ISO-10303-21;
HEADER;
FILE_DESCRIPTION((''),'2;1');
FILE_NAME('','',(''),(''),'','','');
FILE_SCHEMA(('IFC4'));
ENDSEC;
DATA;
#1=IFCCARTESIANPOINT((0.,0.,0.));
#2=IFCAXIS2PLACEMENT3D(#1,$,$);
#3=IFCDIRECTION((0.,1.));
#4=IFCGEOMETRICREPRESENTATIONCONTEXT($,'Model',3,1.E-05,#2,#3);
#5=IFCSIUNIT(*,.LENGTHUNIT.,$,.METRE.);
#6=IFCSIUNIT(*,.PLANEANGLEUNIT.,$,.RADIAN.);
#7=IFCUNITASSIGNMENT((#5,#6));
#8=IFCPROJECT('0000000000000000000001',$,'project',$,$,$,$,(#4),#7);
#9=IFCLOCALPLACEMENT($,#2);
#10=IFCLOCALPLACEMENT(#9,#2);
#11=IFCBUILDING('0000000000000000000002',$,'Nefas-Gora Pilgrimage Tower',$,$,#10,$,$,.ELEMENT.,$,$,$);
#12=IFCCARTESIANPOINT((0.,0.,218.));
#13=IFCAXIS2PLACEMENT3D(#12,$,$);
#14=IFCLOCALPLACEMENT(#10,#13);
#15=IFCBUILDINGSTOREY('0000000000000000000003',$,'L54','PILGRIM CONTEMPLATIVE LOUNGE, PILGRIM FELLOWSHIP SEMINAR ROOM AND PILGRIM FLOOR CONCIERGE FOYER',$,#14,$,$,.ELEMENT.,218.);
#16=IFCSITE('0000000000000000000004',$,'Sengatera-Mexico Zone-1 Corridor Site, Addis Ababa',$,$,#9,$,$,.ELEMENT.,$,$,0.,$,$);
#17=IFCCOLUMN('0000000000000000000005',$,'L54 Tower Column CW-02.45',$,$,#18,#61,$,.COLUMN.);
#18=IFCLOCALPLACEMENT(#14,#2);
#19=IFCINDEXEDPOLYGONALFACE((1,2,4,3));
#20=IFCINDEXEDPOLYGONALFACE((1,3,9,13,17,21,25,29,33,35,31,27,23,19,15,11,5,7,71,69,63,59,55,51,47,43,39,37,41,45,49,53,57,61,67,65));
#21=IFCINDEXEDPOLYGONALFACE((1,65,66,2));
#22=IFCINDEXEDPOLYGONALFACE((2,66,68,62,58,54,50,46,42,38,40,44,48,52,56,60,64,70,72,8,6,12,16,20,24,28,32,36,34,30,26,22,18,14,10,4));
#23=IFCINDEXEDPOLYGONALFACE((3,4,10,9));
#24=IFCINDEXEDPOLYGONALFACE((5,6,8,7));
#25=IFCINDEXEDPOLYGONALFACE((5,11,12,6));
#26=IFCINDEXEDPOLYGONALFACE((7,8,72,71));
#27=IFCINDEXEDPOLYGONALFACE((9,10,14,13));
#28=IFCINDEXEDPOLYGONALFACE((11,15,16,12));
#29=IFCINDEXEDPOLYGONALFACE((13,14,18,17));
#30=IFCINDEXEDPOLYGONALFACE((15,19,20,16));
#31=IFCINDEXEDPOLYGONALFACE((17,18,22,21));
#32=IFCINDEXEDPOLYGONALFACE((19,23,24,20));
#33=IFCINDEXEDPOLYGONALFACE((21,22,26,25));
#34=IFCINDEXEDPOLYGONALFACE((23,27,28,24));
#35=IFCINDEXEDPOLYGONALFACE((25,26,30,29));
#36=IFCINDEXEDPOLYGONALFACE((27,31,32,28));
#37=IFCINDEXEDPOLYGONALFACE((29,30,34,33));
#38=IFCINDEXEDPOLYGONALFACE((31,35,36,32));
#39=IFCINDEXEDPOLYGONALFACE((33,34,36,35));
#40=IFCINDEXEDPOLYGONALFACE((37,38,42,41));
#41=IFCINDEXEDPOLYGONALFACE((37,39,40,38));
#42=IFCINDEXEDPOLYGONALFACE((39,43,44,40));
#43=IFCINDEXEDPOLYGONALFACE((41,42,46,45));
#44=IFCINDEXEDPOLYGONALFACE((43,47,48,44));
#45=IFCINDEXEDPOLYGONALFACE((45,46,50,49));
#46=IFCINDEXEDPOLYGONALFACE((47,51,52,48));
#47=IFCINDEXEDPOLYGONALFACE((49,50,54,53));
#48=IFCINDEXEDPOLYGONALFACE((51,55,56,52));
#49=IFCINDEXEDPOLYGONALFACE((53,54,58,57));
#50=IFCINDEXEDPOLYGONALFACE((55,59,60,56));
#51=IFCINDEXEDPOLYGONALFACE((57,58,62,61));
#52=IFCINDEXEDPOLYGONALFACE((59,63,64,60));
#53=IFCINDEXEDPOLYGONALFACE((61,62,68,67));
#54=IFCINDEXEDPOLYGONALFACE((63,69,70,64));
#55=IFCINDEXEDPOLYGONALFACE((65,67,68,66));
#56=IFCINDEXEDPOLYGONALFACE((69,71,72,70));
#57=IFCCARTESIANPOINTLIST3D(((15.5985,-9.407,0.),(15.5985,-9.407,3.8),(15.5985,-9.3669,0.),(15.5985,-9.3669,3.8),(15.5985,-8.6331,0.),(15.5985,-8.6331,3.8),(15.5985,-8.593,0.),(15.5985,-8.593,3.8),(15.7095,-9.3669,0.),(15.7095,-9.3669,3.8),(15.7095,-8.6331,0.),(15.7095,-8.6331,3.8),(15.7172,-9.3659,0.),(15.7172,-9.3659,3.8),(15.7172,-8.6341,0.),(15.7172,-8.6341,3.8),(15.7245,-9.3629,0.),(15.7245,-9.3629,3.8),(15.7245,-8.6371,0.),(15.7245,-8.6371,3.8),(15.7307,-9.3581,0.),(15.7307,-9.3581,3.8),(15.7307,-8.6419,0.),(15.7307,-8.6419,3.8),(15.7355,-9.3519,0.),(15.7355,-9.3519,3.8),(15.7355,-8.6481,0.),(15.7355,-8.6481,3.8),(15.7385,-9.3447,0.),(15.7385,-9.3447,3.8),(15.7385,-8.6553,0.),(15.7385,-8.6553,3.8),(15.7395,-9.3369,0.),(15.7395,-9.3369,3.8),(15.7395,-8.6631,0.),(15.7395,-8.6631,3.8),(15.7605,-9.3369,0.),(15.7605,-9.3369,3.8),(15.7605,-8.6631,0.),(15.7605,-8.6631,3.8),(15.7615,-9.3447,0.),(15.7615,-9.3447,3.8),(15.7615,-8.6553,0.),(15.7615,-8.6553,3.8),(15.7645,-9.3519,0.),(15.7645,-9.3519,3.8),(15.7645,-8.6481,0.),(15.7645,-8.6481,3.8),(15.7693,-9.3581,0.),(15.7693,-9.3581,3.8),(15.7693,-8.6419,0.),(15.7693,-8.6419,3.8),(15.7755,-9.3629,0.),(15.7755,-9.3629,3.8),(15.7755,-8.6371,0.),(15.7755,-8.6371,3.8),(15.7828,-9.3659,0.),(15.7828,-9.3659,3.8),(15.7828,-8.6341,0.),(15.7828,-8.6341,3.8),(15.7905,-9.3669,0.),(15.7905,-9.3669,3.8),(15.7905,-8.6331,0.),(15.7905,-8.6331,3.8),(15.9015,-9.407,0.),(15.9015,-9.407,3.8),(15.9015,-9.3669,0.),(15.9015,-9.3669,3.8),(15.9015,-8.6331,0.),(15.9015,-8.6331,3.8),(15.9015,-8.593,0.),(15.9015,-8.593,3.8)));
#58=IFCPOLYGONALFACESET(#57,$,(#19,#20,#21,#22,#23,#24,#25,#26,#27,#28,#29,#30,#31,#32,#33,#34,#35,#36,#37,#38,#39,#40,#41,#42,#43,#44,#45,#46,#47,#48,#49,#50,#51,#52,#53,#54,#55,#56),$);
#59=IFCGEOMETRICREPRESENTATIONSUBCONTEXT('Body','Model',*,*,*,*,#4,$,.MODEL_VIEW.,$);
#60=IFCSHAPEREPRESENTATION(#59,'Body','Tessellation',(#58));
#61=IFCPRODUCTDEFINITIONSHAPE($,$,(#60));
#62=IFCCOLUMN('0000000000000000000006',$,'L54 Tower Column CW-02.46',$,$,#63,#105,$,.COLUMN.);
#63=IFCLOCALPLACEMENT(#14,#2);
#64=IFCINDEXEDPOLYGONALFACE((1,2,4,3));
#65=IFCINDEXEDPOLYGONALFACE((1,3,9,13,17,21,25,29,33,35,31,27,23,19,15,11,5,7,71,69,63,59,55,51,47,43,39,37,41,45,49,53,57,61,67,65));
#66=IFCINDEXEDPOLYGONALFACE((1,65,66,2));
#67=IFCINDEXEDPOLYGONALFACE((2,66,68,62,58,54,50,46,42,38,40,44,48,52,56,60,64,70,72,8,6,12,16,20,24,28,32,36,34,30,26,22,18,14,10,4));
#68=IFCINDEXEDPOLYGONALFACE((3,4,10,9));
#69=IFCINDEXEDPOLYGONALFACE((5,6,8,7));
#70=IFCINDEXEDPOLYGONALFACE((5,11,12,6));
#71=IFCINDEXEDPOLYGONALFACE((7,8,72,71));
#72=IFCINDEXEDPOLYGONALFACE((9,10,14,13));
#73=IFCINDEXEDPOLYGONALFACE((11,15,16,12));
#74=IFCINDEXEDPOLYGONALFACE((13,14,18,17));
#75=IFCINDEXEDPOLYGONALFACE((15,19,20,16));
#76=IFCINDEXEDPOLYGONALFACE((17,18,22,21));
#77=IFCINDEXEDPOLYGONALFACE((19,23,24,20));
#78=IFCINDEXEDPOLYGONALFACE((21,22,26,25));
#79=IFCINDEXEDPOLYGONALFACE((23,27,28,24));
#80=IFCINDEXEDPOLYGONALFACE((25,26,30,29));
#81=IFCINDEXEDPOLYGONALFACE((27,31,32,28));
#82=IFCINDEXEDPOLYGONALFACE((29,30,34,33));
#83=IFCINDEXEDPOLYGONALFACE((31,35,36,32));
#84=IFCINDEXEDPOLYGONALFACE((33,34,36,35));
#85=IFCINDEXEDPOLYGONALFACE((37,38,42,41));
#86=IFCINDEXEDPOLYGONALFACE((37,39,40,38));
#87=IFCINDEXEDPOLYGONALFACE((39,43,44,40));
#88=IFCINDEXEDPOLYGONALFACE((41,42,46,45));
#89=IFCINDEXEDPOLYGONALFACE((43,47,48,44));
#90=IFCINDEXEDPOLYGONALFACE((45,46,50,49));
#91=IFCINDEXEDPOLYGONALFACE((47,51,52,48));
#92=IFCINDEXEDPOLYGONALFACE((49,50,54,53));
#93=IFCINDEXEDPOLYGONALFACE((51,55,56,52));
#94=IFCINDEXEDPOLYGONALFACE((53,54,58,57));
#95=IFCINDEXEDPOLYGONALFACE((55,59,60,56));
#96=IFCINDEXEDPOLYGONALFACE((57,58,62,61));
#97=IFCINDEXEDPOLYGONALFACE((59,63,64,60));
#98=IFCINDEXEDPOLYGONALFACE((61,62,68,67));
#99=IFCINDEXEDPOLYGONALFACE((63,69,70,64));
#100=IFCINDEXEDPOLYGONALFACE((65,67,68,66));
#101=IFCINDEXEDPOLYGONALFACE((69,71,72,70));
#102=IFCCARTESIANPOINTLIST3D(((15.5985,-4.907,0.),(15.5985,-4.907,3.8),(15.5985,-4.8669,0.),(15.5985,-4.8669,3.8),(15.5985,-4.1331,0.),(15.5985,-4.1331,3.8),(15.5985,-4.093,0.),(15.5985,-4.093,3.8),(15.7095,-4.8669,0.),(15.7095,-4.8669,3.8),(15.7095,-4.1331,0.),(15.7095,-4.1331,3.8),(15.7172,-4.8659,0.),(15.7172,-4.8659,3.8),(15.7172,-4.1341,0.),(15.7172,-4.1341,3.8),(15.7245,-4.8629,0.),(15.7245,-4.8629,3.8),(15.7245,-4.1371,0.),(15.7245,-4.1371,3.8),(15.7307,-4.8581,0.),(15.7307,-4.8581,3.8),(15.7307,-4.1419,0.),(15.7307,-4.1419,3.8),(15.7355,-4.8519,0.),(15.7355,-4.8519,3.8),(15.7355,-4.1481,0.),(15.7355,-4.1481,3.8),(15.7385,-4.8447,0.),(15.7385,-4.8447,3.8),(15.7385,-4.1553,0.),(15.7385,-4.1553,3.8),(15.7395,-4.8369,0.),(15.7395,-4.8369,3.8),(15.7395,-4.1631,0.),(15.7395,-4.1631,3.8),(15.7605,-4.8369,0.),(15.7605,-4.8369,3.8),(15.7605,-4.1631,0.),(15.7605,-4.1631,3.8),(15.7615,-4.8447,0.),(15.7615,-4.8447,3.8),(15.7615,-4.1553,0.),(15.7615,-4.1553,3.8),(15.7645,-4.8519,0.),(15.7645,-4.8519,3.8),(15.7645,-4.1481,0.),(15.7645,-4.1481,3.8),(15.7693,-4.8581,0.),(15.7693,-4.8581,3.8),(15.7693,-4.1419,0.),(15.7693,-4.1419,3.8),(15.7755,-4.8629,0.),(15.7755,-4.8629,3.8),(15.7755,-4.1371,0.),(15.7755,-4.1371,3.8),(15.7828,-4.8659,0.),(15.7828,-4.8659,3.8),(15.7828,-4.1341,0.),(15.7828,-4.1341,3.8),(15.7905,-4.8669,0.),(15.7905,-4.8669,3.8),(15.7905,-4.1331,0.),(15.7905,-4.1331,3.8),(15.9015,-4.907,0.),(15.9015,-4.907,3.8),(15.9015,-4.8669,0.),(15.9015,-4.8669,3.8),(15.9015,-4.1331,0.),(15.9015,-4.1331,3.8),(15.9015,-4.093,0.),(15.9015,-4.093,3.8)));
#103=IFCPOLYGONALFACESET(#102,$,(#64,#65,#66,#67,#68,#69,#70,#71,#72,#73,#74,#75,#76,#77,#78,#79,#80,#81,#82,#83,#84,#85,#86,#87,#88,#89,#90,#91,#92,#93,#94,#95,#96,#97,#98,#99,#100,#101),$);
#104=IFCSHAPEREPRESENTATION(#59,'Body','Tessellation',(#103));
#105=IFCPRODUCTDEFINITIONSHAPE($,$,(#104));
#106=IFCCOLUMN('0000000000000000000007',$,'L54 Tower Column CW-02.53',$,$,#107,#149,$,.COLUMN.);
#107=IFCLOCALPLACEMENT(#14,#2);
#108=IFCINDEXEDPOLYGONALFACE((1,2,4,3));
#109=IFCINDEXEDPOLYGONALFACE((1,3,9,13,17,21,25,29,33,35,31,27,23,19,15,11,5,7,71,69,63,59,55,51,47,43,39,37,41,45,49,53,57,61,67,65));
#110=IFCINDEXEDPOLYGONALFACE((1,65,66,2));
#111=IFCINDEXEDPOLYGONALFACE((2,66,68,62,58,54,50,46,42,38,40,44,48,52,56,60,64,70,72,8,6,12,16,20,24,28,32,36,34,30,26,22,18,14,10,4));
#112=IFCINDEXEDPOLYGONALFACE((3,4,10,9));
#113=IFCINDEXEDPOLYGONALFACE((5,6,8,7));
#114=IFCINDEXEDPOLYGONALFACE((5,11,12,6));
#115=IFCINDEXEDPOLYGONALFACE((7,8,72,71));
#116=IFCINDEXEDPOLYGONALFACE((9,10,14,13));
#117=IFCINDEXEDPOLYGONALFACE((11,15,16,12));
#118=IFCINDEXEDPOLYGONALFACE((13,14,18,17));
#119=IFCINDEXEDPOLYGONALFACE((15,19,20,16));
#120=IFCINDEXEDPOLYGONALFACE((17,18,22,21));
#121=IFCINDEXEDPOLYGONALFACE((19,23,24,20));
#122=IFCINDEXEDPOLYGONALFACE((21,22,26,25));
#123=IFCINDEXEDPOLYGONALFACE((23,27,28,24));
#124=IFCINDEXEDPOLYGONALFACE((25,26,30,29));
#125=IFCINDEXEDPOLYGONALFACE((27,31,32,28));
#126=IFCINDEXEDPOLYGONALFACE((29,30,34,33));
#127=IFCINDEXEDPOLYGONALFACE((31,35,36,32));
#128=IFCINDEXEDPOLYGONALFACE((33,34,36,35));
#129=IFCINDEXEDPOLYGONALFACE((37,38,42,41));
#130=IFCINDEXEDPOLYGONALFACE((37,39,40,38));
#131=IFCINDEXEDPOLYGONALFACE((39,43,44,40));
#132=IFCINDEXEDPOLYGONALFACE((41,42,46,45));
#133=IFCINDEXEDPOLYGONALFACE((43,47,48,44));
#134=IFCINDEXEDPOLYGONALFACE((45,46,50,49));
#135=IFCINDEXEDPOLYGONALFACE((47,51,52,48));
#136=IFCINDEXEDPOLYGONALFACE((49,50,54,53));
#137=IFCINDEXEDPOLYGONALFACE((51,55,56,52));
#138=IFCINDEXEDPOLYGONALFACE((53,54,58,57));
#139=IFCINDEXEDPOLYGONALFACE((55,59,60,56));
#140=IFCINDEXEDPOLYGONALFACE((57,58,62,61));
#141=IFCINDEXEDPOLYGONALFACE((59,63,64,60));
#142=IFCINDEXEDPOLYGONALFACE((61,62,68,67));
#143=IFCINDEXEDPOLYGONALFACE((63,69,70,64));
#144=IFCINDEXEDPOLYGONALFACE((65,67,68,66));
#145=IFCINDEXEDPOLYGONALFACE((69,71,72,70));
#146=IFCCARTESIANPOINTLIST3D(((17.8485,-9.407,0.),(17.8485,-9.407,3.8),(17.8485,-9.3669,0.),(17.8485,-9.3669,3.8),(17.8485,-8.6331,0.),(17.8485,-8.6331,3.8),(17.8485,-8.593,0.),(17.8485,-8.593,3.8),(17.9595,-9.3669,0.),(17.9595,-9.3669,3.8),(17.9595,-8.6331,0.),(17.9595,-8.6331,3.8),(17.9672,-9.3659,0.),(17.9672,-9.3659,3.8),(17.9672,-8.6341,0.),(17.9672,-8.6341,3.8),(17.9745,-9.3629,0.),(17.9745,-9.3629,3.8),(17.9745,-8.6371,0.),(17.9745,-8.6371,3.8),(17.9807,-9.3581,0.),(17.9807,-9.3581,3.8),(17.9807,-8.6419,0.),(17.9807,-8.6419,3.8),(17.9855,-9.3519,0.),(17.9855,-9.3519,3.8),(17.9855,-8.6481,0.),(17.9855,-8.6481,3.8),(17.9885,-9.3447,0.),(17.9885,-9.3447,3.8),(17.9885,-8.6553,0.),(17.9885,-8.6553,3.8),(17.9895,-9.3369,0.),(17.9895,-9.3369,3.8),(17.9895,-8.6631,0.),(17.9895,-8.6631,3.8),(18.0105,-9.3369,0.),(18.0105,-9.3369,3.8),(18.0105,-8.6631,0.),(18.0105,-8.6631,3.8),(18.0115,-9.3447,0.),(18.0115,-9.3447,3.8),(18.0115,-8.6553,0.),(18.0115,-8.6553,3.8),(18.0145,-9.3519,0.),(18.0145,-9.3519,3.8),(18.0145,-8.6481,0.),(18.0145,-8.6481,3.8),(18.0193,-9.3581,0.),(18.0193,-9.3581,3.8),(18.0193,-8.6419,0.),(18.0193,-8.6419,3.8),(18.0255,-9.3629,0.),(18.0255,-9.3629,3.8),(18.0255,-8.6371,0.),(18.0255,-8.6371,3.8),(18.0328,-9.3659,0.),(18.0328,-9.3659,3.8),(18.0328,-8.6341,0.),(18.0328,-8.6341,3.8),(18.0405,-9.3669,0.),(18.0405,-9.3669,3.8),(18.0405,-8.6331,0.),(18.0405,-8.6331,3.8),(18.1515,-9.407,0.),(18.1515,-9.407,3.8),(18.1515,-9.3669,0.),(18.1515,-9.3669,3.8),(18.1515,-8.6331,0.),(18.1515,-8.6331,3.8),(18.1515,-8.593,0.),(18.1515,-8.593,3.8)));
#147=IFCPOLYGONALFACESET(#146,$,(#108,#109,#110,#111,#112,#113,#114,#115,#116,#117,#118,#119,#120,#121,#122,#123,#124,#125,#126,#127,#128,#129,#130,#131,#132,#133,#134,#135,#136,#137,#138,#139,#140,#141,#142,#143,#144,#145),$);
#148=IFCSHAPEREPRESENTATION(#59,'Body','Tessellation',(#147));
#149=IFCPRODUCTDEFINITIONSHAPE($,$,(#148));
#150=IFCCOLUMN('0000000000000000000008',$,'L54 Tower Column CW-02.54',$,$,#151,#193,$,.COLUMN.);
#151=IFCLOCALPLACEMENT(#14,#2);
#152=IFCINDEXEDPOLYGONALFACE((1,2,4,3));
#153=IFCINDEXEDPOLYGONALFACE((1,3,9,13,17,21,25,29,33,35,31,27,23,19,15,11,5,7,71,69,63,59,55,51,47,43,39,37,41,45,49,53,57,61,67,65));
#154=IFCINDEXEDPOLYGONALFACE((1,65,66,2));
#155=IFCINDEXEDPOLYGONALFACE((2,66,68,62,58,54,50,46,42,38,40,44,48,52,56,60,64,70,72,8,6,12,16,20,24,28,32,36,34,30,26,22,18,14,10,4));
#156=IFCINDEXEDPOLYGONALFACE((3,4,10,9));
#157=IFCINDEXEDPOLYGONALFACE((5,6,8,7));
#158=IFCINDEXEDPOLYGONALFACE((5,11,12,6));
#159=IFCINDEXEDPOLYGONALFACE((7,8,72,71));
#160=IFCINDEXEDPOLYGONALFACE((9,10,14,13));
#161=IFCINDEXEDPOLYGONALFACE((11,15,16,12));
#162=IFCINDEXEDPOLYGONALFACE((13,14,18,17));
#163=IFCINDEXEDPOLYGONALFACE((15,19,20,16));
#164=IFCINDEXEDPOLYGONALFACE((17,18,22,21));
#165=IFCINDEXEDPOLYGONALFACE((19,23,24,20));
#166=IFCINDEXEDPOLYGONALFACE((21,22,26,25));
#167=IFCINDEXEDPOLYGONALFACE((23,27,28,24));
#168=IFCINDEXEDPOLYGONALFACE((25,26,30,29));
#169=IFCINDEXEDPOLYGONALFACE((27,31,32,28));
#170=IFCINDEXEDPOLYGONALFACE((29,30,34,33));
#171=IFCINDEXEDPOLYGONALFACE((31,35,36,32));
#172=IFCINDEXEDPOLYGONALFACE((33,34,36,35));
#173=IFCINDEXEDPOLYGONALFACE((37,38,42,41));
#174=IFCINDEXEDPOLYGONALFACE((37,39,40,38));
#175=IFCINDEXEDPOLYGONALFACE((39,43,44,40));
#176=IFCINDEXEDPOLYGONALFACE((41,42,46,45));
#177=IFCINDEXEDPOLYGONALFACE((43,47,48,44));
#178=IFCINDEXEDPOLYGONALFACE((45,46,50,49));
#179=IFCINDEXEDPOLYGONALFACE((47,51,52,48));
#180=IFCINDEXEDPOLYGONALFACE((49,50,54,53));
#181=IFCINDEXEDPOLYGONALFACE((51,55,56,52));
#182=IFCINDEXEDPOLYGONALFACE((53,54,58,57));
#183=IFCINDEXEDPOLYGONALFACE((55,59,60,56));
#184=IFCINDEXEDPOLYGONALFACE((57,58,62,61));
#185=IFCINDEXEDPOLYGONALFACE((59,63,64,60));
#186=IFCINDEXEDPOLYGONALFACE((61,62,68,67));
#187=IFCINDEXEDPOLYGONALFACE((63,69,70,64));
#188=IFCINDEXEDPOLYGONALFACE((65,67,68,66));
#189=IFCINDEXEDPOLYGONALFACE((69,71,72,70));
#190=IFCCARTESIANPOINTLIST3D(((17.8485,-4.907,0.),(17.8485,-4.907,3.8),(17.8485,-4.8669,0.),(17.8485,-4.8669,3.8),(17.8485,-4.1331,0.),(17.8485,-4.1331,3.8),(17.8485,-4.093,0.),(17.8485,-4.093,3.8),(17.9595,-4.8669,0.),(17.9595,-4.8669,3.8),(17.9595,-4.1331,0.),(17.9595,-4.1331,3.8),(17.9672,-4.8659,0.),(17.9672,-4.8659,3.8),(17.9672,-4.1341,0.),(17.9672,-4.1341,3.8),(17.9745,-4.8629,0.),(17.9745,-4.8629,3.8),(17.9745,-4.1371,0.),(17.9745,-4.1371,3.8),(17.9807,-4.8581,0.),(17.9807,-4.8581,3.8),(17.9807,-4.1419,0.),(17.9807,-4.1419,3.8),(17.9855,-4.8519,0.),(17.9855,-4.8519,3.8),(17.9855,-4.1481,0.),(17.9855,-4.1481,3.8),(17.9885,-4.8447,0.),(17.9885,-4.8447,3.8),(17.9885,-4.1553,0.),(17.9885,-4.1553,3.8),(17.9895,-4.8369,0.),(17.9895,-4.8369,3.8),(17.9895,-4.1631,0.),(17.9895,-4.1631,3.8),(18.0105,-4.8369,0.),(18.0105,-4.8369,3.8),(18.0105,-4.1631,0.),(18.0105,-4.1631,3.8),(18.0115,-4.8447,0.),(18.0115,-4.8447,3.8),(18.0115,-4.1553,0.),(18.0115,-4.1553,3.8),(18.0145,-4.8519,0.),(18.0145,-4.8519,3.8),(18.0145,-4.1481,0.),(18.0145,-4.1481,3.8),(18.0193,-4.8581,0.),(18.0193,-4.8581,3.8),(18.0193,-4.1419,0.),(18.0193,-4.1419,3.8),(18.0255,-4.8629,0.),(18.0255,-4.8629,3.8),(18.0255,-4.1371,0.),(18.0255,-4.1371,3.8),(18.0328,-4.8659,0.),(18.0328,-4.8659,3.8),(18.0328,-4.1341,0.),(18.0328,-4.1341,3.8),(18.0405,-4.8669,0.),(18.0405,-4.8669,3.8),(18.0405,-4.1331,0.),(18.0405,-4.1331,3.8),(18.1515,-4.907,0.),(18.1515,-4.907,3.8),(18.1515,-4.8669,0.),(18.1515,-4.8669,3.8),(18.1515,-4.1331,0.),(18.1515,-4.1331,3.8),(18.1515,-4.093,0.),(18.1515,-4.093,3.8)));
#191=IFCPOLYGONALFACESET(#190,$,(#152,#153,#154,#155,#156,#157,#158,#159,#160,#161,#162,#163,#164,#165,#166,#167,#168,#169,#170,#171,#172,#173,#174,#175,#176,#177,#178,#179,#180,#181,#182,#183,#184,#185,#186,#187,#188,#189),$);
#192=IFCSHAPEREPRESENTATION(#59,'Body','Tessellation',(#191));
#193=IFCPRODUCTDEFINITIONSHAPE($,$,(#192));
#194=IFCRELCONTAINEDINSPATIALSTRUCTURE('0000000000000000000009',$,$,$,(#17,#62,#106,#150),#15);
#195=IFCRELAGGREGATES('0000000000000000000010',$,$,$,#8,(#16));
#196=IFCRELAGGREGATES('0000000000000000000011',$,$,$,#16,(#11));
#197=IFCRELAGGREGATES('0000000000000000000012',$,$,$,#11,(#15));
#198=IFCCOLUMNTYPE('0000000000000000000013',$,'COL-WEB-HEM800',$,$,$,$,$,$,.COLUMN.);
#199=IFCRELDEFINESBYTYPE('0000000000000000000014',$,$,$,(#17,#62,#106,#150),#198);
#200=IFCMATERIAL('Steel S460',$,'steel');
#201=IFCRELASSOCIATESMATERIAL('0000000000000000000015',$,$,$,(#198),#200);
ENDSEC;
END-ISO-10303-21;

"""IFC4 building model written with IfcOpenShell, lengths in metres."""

from ifc_helpers import new_model, si_unit, direction, frame, origin, origin_2d, place, context, subcontext, project, spatial, i_section, extrude, source, transform, mapped, material, material_profile, profile_set, type_object, element, save


model = new_model("IFC4")

# Units and contexts
model_context = context("Model", 3, precision=1e-05, world=origin(), true_north=direction((0.0, 1.0)))
body_context = subcontext(model_context, "Body", "Model", "MODEL_VIEW")
ifc_project = project(units=[si_unit("LENGTHUNIT", "METRE"), si_unit("PLANEANGLEUNIT", "RADIAN")], contexts=[model_context])

# Site, building, storey
site_placement = place(None, origin())
site = spatial("IfcSite", under=ifc_project, at=site_placement, Name="Sengatera-Mexico Zone-1 Corridor Site, Addis Ababa", CompositionType="ELEMENT", RefElevation=0.0)
building_placement = place(site_placement, origin())
building = spatial("IfcBuilding", under=site, at=building_placement, Name="Nefas-Gora Pilgrimage Tower", CompositionType="ELEMENT")
storey_placement = place(building_placement, frame((0.0, 0.0, 218.0)))
storey = spatial("IfcBuildingStorey", under=building, at=storey_placement, Name="L54", Description="PILGRIM CONTEMPLATIVE LOUNGE, PILGRIM FELLOWSHIP SEMINAR ROOM AND PILGRIM FLOOR CONCIERGE FOYER", CompositionType="ELEMENT", Elevation=218.0)

# Columns
ifc_material_1 = material(Name="Steel S460", Category="steel")
ifc_material_profile_1 = material_profile(ifc_material_1, i_section(OverallWidth=0.303, OverallDepth=0.814, WebThickness=0.021, FlangeThickness=0.04, FilletRadius=0.03, at=origin_2d()), Name="HEM 800")
ifc_profile_set_1 = profile_set([ifc_material_profile_1], Name="Steel S460")
column_type_1 = type_object("IfcColumnType", Name="COL-WEB-HEM800", PredefinedType="COLUMN", material=ifc_profile_set_1)
shared_shape_1 = source(origin(), body_context, "Body", "SweptSolid", [
    extrude(i_section(OverallWidth=0.303, OverallDepth=0.814, WebThickness=0.021, FlangeThickness=0.04, FilletRadius=0.03, at=origin_2d()), origin(), (0.0, 0.0, 1.0), 3.8),
])
for number, where, z_axis, x_axis, name in (
    (1, (15.75, -9.0, 0.0), (0.0, 0.0, 1.0), (1.0, 0.0, 0.0), "L54 Tower Column CW-02.45"),
    (2, (15.75, -4.5, 0.0), (0.0, 0.0, 1.0), (1.0, 0.0, 0.0), "L54 Tower Column CW-02.46"),
    (3, (18.0, -9.0, 0.0), (0.0, 0.0, 1.0), (1.0, 0.0, 0.0), "L54 Tower Column CW-02.53"),
    (4, (18.0, -4.5, 0.0), (0.0, 0.0, 1.0), (1.0, 0.0, 0.0), "L54 Tower Column CW-02.54"),
):
    element("IfcColumn", number, at=place(storey_placement, frame(where, z_axis=z_axis, x_axis=x_axis)), inside=storey, type_object=column_type_1, Name=name, PredefinedType="COLUMN", context=body_context, shape_type="MappedRepresentation", body=[
        mapped(shared_shape_1, transform((0.0, 0.0, 0.0), x_axis=(1.0, 0.0, 0.0), y_axis=(0.0, 1.0, 0.0), z_axis=(0.0, 0.0, 1.0), scale=1.0)),
    ])

save(model, "model.ifc")
